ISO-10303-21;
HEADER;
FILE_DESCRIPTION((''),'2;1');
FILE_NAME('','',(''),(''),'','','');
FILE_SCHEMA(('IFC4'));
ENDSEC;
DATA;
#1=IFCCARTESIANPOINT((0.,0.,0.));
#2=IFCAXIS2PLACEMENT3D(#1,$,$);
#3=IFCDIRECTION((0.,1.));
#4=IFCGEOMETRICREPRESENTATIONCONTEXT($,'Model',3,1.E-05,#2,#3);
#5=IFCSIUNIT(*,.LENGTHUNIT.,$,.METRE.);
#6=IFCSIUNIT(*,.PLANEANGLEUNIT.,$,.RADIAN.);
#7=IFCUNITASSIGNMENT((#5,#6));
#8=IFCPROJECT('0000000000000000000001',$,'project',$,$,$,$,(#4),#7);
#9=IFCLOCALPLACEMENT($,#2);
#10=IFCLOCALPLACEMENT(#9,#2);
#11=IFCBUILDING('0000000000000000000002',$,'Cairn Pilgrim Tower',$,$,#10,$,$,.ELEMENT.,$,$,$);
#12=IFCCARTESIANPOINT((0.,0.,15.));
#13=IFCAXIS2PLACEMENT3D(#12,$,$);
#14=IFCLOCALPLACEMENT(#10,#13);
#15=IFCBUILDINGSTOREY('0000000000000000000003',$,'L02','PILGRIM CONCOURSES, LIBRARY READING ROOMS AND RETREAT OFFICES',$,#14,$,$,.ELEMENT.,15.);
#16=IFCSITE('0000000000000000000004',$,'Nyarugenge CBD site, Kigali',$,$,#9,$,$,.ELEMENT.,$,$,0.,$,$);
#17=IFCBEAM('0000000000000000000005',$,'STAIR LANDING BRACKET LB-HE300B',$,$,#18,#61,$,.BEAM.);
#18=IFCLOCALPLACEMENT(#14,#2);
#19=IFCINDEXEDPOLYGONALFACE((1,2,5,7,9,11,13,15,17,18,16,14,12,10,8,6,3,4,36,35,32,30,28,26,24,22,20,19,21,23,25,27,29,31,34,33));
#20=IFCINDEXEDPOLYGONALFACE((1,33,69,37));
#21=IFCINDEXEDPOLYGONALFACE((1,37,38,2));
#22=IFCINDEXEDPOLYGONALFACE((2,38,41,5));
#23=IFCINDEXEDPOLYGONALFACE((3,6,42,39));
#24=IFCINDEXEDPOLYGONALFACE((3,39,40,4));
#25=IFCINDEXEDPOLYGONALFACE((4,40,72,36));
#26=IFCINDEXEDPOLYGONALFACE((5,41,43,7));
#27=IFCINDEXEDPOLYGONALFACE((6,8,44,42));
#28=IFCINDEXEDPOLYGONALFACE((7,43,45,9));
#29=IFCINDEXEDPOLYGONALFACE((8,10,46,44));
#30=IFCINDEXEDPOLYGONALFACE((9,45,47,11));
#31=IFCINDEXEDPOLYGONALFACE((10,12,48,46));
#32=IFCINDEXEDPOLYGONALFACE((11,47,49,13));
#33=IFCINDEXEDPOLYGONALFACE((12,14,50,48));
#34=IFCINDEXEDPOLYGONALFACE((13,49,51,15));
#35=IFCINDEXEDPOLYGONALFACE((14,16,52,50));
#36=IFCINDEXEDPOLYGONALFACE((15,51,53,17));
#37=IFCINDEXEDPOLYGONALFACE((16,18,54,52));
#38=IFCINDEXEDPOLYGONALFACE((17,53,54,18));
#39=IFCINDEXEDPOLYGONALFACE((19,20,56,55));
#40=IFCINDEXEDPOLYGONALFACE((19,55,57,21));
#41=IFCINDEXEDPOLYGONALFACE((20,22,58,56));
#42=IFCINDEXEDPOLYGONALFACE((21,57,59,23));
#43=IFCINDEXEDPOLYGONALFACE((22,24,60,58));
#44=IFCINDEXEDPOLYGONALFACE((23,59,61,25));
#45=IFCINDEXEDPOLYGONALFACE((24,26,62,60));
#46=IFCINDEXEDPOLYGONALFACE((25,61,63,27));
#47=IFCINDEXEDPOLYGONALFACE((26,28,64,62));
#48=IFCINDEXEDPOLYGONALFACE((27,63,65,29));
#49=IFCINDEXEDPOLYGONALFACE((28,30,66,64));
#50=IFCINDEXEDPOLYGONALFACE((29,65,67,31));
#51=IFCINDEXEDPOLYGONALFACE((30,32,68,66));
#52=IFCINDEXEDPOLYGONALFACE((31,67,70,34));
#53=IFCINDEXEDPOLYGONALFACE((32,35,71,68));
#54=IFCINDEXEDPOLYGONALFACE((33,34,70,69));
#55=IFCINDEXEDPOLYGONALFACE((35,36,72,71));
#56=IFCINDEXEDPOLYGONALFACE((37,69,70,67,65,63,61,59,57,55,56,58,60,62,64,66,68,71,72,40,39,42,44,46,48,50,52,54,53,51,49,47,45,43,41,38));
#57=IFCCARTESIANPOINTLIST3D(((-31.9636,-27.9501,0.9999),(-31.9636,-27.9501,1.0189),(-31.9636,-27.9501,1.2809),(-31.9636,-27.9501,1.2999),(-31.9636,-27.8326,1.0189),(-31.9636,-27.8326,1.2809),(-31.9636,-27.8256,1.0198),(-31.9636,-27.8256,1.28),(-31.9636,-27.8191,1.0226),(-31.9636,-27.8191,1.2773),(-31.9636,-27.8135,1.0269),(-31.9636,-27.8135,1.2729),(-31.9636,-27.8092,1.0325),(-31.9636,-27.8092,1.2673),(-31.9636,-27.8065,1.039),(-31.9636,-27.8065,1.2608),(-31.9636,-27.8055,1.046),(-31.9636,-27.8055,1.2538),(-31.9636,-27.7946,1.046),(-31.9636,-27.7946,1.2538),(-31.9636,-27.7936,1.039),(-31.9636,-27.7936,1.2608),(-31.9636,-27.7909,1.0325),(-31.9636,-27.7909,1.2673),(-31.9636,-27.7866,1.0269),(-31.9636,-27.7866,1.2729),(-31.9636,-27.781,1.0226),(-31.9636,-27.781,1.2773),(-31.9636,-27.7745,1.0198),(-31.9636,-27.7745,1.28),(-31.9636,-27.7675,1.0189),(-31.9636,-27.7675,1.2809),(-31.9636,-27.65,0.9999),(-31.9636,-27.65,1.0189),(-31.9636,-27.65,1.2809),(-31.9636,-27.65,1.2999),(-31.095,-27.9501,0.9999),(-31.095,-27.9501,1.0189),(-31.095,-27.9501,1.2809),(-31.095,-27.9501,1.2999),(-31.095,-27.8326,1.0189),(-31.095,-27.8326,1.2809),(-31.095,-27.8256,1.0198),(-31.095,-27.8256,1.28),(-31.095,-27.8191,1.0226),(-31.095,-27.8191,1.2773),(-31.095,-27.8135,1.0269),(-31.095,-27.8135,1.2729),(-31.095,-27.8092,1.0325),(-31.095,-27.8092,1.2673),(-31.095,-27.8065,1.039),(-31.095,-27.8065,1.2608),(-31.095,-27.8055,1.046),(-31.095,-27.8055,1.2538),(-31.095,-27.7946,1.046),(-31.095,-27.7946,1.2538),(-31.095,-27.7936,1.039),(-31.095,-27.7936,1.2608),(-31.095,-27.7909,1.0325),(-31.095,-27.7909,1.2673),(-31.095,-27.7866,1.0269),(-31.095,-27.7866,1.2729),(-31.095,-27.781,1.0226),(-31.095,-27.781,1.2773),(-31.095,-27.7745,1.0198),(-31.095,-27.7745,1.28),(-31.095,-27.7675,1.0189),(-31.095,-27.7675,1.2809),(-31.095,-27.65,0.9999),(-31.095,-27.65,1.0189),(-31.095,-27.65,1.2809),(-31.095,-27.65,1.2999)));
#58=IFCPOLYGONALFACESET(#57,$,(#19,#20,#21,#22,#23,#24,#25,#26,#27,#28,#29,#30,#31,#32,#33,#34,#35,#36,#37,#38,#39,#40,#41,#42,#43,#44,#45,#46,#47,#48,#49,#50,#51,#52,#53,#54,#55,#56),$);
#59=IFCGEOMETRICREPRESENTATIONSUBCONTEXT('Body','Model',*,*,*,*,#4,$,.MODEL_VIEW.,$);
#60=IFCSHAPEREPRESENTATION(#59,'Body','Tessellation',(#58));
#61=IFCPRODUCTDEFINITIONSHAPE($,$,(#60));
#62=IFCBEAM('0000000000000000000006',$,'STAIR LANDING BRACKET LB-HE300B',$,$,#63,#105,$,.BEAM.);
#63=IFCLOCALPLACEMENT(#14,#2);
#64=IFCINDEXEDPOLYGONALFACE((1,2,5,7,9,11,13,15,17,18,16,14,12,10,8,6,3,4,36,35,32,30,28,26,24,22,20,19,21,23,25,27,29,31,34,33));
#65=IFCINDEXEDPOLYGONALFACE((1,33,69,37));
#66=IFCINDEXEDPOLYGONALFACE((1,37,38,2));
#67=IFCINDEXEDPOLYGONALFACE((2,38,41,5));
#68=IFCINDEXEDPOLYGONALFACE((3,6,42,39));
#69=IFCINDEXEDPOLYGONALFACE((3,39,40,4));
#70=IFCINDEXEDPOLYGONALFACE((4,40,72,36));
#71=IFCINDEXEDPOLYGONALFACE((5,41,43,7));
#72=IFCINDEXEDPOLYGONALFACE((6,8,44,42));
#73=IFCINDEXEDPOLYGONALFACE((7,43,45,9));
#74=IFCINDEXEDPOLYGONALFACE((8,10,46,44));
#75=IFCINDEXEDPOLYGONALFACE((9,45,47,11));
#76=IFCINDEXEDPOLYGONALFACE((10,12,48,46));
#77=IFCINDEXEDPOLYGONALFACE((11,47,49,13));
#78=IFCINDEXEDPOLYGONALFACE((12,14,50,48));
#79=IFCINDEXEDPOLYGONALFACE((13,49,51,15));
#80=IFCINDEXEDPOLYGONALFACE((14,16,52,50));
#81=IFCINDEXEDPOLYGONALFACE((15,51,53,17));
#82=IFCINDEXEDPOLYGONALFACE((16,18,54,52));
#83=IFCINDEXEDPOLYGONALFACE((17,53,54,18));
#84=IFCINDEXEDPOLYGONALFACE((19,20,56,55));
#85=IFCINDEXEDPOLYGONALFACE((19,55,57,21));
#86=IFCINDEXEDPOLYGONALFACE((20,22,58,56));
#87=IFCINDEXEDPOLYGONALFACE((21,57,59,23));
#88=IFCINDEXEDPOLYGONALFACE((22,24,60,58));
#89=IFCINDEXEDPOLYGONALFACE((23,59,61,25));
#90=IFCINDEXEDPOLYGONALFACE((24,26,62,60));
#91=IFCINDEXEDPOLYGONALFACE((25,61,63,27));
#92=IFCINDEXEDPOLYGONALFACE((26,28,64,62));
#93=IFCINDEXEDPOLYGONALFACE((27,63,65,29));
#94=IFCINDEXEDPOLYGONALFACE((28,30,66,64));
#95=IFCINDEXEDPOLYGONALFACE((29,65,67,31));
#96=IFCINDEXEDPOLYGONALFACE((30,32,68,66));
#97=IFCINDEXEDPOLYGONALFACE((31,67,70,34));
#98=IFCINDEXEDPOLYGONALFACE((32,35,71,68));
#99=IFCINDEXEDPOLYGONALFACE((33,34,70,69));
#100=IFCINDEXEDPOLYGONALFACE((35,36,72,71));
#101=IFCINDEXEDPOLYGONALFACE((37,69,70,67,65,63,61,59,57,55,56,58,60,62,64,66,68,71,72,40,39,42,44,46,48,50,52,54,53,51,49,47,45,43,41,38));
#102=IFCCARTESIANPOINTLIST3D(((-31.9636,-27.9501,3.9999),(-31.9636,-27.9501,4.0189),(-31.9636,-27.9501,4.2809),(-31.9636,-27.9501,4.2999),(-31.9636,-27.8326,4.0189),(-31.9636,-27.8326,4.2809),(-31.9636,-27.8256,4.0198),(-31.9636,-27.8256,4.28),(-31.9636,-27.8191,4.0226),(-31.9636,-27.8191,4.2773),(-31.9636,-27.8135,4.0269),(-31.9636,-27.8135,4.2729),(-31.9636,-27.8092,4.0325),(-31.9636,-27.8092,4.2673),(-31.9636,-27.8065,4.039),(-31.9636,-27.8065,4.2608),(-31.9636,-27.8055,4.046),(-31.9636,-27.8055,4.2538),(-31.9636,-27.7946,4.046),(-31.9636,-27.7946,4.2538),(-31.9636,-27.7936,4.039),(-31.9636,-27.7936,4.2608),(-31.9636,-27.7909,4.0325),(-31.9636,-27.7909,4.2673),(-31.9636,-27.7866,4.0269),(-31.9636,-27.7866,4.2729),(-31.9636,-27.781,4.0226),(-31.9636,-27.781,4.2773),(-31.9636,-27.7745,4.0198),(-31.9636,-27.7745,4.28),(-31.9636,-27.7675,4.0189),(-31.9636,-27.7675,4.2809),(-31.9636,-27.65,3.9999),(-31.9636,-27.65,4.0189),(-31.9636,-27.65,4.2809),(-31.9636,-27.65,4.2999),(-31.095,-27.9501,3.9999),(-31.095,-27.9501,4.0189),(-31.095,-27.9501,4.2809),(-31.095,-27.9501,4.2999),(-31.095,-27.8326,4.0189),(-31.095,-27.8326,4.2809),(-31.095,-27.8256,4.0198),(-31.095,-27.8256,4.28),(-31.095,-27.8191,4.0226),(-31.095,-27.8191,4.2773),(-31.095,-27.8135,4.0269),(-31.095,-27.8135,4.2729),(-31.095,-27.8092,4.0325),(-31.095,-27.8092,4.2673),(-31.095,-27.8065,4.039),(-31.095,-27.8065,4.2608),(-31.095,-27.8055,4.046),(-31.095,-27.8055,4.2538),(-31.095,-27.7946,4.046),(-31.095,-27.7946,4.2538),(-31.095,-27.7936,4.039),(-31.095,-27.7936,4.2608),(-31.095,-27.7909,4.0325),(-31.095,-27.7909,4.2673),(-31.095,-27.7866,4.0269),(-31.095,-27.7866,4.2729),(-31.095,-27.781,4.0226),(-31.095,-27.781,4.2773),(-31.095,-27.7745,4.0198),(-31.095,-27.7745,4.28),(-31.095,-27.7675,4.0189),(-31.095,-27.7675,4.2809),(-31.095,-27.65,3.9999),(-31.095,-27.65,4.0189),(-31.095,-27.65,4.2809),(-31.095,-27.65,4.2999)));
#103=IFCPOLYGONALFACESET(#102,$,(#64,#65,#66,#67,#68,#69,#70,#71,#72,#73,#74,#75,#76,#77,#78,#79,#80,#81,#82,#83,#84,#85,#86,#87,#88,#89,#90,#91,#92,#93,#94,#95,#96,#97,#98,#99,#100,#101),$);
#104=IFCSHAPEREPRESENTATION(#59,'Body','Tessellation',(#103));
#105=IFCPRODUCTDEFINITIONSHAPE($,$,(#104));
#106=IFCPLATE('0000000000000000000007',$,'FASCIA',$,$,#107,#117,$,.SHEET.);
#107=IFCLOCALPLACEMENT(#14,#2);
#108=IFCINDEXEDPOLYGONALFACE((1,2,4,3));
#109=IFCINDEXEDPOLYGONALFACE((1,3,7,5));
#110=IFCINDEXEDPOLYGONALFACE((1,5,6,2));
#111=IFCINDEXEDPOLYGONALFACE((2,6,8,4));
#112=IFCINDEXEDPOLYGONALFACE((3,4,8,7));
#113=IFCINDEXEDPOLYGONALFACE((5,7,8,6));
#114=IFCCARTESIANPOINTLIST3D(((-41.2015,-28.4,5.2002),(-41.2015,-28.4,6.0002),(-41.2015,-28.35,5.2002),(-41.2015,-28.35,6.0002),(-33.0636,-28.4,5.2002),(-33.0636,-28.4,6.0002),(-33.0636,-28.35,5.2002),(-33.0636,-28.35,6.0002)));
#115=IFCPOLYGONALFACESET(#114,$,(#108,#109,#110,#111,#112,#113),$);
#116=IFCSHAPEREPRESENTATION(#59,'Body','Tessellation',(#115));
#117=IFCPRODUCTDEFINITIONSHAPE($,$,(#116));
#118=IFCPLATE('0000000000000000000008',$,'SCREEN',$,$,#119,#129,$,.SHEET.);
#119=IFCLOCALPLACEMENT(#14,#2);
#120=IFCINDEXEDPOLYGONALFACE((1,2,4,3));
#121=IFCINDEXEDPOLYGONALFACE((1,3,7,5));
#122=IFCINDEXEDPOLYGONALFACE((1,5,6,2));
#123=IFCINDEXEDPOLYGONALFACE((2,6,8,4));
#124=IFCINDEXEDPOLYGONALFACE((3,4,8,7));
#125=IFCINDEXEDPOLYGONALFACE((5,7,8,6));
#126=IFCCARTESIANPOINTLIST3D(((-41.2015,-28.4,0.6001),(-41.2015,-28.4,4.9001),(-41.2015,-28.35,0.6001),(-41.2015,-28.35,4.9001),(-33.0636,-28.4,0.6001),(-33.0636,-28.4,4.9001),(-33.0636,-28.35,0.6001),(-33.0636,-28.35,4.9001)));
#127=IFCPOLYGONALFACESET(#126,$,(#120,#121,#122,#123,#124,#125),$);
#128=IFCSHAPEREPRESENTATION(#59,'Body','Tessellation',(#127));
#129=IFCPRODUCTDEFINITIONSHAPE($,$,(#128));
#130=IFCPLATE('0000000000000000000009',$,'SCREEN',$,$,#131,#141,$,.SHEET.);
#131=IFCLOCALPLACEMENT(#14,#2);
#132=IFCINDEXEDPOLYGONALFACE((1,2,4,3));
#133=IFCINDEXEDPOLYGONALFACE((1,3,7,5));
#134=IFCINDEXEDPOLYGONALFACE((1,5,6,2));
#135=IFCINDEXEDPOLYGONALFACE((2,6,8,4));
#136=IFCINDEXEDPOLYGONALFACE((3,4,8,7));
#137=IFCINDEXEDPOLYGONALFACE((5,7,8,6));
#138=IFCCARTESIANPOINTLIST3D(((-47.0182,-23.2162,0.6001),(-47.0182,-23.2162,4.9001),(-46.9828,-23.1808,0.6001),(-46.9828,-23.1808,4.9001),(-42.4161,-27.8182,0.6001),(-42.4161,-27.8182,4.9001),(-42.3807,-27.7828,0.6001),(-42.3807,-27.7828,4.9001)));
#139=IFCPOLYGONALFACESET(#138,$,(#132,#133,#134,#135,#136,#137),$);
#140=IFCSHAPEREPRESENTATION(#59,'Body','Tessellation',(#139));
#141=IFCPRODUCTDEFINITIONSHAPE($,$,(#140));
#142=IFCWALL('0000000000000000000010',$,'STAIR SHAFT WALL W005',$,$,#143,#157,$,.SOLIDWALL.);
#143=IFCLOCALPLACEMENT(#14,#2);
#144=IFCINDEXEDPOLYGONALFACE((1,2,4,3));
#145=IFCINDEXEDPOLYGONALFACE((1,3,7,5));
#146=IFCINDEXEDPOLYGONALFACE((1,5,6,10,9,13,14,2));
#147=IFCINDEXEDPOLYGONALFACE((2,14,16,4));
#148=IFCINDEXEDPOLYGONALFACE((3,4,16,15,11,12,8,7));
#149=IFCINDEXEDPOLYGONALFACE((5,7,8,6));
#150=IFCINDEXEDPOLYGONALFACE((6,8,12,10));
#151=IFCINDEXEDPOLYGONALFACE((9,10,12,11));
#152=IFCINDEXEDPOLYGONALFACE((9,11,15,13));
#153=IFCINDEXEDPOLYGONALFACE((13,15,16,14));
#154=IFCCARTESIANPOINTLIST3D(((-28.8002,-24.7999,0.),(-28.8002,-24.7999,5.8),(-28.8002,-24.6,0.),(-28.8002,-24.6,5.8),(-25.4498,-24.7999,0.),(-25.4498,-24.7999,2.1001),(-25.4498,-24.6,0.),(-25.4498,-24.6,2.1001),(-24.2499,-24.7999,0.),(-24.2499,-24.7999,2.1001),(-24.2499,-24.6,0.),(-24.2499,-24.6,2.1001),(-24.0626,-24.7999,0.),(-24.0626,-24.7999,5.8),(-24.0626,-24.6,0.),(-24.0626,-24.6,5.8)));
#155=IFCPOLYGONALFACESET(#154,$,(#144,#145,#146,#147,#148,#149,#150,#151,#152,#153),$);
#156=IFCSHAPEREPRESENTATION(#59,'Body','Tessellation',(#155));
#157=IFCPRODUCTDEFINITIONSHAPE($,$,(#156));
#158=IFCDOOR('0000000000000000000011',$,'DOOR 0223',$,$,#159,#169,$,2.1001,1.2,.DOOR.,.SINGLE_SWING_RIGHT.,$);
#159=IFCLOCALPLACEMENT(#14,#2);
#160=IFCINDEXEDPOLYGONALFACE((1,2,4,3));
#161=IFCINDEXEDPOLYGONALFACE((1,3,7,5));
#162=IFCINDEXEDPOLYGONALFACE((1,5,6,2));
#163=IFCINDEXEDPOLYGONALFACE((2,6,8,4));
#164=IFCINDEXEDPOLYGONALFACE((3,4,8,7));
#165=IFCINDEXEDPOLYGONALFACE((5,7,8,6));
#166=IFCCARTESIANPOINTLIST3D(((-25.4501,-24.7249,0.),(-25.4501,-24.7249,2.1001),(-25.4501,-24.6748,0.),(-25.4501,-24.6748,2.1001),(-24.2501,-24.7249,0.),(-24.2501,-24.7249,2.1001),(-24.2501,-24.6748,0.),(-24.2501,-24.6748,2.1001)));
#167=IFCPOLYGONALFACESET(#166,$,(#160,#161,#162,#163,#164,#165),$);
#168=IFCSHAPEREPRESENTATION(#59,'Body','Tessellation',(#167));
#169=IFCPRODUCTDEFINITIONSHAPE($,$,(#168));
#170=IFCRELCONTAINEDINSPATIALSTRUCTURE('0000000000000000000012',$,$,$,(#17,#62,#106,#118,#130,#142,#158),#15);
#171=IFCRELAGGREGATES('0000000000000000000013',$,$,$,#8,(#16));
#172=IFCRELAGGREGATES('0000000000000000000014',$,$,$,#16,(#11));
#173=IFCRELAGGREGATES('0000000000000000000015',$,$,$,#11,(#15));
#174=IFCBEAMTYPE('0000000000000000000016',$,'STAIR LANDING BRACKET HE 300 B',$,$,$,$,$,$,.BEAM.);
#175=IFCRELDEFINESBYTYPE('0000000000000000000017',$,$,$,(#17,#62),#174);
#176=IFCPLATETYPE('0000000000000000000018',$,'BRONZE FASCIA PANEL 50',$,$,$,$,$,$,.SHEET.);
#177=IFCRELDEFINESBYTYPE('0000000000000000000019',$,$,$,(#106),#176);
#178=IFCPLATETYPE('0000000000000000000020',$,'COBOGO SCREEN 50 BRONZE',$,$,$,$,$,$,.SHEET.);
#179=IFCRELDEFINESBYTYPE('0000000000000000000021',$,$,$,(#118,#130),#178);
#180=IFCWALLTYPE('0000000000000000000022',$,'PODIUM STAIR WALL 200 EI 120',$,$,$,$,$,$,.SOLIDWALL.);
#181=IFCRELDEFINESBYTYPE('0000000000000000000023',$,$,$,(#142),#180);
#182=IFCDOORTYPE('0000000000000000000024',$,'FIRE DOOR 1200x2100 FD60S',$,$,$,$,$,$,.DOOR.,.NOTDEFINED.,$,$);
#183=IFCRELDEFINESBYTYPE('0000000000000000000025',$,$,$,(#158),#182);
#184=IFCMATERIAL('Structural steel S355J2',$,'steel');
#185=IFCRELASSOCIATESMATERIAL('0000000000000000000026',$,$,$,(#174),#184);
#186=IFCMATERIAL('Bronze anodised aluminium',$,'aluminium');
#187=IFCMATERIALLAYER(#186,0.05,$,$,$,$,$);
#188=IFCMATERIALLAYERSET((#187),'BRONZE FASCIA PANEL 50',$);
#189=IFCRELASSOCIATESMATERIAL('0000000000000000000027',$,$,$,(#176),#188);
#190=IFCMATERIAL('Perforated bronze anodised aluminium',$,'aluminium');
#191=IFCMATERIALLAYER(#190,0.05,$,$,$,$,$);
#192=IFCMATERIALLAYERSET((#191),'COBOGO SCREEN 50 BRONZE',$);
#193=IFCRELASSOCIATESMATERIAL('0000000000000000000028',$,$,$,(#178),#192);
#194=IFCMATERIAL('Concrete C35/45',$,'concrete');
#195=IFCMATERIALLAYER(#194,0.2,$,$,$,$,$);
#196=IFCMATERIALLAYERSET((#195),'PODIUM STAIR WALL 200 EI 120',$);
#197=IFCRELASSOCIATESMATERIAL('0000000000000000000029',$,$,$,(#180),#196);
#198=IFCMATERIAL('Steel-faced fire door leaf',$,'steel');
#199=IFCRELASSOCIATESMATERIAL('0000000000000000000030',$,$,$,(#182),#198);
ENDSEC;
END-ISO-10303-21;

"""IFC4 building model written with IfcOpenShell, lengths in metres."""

from ifc_helpers import new_model, si_unit, direction, frame, frame_2d, origin, origin_2d, place, context, subcontext, project, spatial, rectangle, i_section, extrude, material, layer, layer_set, material_profile, profile_set, type_object, element, fill, save


model = new_model("IFC4")

# Units and contexts
model_context = context("Model", 3, precision=1e-05, world=origin(), true_north=direction((0.0, 1.0)))
body_context = subcontext(model_context, "Body", "Model", "MODEL_VIEW")
ifc_project = project(units=[si_unit("LENGTHUNIT", "METRE"), si_unit("PLANEANGLEUNIT", "RADIAN")], contexts=[model_context])

# Site, building, storey
site_placement = place(None, origin())
site = spatial("IfcSite", under=ifc_project, at=site_placement, Name="Nyarugenge CBD site, Kigali", CompositionType="ELEMENT", RefElevation=0.0)
building_placement = place(site_placement, origin())
building = spatial("IfcBuilding", under=site, at=building_placement, Name="Cairn Pilgrim Tower", CompositionType="ELEMENT")
storey_placement = place(building_placement, frame((0.0, 0.0, 15.0)))
storey = spatial("IfcBuildingStorey", under=building, at=storey_placement, Name="L02", Description="PILGRIM CONCOURSES, LIBRARY READING ROOMS AND RETREAT OFFICES", CompositionType="ELEMENT", Elevation=15.0)

# Shared definitions
ifc_material_1 = material(Name="Structural steel S355J2", Category="steel")

# Beams
ifc_material_profile_1 = material_profile(ifc_material_1, i_section(OverallWidth=0.3, OverallDepth=0.3, WebThickness=0.011, FlangeThickness=0.019, FilletRadius=0.0271, at=origin_2d()), Name="HE 300 B")
ifc_profile_set_1 = profile_set([ifc_material_profile_1], Name="Structural steel S355J2")
beam_type_1 = type_object("IfcBeamType", Name="STAIR LANDING BRACKET HE 300 B", PredefinedType="BEAM", material=ifc_profile_set_1)
for number, where, z_axis, x_axis, name in (
    (1, (-31.9636, -27.8, 1.1499), (1.0, 0.0, 0.0), (0.0, 1.0, 0.0), "STAIR LANDING BRACKET LB-HE300B"),
    (2, (-31.9636, -27.8, 4.1499), (1.0, 0.0, 0.0), (0.0, 1.0, 0.0), "STAIR LANDING BRACKET LB-HE300B"),
):
    element("IfcBeam", number, at=place(storey_placement, frame(where, z_axis=z_axis, x_axis=x_axis)), inside=storey, type_object=beam_type_1, Name=name, PredefinedType="BEAM", context=body_context, shape_type="SweptSolid", body=[
        extrude(i_section(OverallWidth=0.3, OverallDepth=0.3, WebThickness=0.011, FlangeThickness=0.019, FilletRadius=0.0271, at=origin_2d()), origin(), (0.0, 0.0, 1.0), 0.8687),
    ])

# Plates
ifc_material_2 = material(Name="Bronze anodised aluminium", Category="aluminium")
ifc_layer_1 = layer(ifc_material_2, 0.05)
ifc_layer_set_1 = layer_set([ifc_layer_1], Name="BRONZE FASCIA PANEL 50")
plate_type_1 = type_object("IfcPlateType", Name="BRONZE FASCIA PANEL 50", PredefinedType="SHEET", material=ifc_layer_set_1)
plate_1_placement = place(storey_placement, frame((-37.1326, -28.375, 5.2002), z_axis=(0.0, 0.0, 1.0), x_axis=(1.0, 0.0, 0.0)))
element("IfcPlate", 3, at=plate_1_placement, inside=storey, type_object=plate_type_1, Name="FASCIA", PredefinedType="SHEET", context=body_context, shape_type="SweptSolid", body=[
    extrude(rectangle(XDim=8.1379, YDim=0.05, at=origin_2d()), origin(), (0.0, 0.0, 1.0), 0.8),
])
ifc_material_3 = material(Name="Perforated bronze anodised aluminium", Category="aluminium")
ifc_layer_2 = layer(ifc_material_3, 0.05)
ifc_layer_set_2 = layer_set([ifc_layer_2], Name="COBOGO SCREEN 50 BRONZE")
plate_type_2 = type_object("IfcPlateType", Name="COBOGO SCREEN 50 BRONZE", PredefinedType="SHEET", material=ifc_layer_set_2)
plate_2_placement = place(storey_placement, frame((-37.1326, -28.375, 0.6001), z_axis=(0.0, 0.0, 1.0), x_axis=(1.0, 0.0, 0.0)))
element("IfcPlate", 4, at=plate_2_placement, inside=storey, type_object=plate_type_2, Name="SCREEN", PredefinedType="SHEET", context=body_context, shape_type="SweptSolid", body=[
    extrude(rectangle(XDim=8.1379, YDim=0.05, at=origin_2d()), origin(), (0.0, 0.0, 1.0), 4.3),
])
plate_3_placement = place(storey_placement, frame((-44.6995, -25.4995, 0.6001), z_axis=(0.0, 0.0, 1.0), x_axis=(0.707107, -0.707107, 0.0)))
element("IfcPlate", 5, at=plate_3_placement, inside=storey, type_object=plate_type_2, Name="SCREEN", PredefinedType="SHEET", context=body_context, shape_type="SweptSolid", body=[
    extrude(rectangle(XDim=6.5083, YDim=0.05, at=origin_2d()), origin(), (0.0, 0.0, 1.0), 4.3),
])

# Wall, opening, door
ifc_material_4 = material(Name="Concrete C35/45", Category="concrete")
ifc_layer_3 = layer(ifc_material_4, 0.2)
ifc_layer_set_3 = layer_set([ifc_layer_3], Name="PODIUM STAIR WALL 200 EI 120")
wall_type_1 = type_object("IfcWallType", Name="PODIUM STAIR WALL 200 EI 120", PredefinedType="SOLIDWALL", material=ifc_layer_set_3)
wall_1_placement = place(storey_placement, frame((-28.8, -24.7, 0.0), z_axis=(0.0, 0.0, 1.0), x_axis=(1.0, 0.0, 0.0)))
wall_1 = element("IfcWall", 6, at=wall_1_placement, inside=storey, type_object=wall_type_1, Name="STAIR SHAFT WALL W005", PredefinedType="SOLIDWALL", context=body_context, shape_type="SweptSolid", body=[
    extrude(rectangle(XDim=4.7375, YDim=0.2, at=frame_2d((2.3687, 0.0))), origin(), (0.0, 0.0, 1.0), 5.8),
])
opening_1_placement = place(wall_1_placement, frame((3.3501, 0.0, 0.0)))
opening_1 = element("IfcOpeningElement", 7, at=opening_1_placement, cuts=wall_1, PredefinedType="OPENING", context=body_context, shape_type="SweptSolid", body=[
    extrude(rectangle(XDim=1.2, YDim=2.1001, at=frame_2d((0.6001, 1.05))), frame((0.0, 0.1099, 0.0), z_axis=(0.0, -1.0, 0.0), x_axis=(1.0, 0.0, 0.0)), (0.0, 0.0, 1.0), 0.22),
])
ifc_material_5 = material(Name="Steel-faced fire door leaf", Category="steel")
door_type = type_object("IfcDoorType", Name="FIRE DOOR 1200x2100 FD60S", OperationType="NOTDEFINED", PredefinedType="DOOR", material=ifc_material_5)
door_placement = place(opening_1_placement, frame((1.2, 0.0, 0.0), z_axis=(0.0, 0.0, 1.0), x_axis=(-1.0, 0.0, 0.0)))
door = element("IfcDoor", 8, at=door_placement, inside=storey, type_object=door_type, Name="DOOR 0223", OperationType="SINGLE_SWING_RIGHT", OverallHeight=2.1001, OverallWidth=1.2, PredefinedType="DOOR", context=body_context, shape_type="SweptSolid", body=[
    extrude(rectangle(XDim=1.2, YDim=2.1001, at=frame_2d((0.6001, 1.05))), frame((0.0, 0.0249, 0.0), z_axis=(0.0, -1.0, 0.0), x_axis=(1.0, 0.0, 0.0)), (0.0, 0.0, 1.0), 0.05),
])
fill(opening_1, door)

save(model, "model.ifc")
